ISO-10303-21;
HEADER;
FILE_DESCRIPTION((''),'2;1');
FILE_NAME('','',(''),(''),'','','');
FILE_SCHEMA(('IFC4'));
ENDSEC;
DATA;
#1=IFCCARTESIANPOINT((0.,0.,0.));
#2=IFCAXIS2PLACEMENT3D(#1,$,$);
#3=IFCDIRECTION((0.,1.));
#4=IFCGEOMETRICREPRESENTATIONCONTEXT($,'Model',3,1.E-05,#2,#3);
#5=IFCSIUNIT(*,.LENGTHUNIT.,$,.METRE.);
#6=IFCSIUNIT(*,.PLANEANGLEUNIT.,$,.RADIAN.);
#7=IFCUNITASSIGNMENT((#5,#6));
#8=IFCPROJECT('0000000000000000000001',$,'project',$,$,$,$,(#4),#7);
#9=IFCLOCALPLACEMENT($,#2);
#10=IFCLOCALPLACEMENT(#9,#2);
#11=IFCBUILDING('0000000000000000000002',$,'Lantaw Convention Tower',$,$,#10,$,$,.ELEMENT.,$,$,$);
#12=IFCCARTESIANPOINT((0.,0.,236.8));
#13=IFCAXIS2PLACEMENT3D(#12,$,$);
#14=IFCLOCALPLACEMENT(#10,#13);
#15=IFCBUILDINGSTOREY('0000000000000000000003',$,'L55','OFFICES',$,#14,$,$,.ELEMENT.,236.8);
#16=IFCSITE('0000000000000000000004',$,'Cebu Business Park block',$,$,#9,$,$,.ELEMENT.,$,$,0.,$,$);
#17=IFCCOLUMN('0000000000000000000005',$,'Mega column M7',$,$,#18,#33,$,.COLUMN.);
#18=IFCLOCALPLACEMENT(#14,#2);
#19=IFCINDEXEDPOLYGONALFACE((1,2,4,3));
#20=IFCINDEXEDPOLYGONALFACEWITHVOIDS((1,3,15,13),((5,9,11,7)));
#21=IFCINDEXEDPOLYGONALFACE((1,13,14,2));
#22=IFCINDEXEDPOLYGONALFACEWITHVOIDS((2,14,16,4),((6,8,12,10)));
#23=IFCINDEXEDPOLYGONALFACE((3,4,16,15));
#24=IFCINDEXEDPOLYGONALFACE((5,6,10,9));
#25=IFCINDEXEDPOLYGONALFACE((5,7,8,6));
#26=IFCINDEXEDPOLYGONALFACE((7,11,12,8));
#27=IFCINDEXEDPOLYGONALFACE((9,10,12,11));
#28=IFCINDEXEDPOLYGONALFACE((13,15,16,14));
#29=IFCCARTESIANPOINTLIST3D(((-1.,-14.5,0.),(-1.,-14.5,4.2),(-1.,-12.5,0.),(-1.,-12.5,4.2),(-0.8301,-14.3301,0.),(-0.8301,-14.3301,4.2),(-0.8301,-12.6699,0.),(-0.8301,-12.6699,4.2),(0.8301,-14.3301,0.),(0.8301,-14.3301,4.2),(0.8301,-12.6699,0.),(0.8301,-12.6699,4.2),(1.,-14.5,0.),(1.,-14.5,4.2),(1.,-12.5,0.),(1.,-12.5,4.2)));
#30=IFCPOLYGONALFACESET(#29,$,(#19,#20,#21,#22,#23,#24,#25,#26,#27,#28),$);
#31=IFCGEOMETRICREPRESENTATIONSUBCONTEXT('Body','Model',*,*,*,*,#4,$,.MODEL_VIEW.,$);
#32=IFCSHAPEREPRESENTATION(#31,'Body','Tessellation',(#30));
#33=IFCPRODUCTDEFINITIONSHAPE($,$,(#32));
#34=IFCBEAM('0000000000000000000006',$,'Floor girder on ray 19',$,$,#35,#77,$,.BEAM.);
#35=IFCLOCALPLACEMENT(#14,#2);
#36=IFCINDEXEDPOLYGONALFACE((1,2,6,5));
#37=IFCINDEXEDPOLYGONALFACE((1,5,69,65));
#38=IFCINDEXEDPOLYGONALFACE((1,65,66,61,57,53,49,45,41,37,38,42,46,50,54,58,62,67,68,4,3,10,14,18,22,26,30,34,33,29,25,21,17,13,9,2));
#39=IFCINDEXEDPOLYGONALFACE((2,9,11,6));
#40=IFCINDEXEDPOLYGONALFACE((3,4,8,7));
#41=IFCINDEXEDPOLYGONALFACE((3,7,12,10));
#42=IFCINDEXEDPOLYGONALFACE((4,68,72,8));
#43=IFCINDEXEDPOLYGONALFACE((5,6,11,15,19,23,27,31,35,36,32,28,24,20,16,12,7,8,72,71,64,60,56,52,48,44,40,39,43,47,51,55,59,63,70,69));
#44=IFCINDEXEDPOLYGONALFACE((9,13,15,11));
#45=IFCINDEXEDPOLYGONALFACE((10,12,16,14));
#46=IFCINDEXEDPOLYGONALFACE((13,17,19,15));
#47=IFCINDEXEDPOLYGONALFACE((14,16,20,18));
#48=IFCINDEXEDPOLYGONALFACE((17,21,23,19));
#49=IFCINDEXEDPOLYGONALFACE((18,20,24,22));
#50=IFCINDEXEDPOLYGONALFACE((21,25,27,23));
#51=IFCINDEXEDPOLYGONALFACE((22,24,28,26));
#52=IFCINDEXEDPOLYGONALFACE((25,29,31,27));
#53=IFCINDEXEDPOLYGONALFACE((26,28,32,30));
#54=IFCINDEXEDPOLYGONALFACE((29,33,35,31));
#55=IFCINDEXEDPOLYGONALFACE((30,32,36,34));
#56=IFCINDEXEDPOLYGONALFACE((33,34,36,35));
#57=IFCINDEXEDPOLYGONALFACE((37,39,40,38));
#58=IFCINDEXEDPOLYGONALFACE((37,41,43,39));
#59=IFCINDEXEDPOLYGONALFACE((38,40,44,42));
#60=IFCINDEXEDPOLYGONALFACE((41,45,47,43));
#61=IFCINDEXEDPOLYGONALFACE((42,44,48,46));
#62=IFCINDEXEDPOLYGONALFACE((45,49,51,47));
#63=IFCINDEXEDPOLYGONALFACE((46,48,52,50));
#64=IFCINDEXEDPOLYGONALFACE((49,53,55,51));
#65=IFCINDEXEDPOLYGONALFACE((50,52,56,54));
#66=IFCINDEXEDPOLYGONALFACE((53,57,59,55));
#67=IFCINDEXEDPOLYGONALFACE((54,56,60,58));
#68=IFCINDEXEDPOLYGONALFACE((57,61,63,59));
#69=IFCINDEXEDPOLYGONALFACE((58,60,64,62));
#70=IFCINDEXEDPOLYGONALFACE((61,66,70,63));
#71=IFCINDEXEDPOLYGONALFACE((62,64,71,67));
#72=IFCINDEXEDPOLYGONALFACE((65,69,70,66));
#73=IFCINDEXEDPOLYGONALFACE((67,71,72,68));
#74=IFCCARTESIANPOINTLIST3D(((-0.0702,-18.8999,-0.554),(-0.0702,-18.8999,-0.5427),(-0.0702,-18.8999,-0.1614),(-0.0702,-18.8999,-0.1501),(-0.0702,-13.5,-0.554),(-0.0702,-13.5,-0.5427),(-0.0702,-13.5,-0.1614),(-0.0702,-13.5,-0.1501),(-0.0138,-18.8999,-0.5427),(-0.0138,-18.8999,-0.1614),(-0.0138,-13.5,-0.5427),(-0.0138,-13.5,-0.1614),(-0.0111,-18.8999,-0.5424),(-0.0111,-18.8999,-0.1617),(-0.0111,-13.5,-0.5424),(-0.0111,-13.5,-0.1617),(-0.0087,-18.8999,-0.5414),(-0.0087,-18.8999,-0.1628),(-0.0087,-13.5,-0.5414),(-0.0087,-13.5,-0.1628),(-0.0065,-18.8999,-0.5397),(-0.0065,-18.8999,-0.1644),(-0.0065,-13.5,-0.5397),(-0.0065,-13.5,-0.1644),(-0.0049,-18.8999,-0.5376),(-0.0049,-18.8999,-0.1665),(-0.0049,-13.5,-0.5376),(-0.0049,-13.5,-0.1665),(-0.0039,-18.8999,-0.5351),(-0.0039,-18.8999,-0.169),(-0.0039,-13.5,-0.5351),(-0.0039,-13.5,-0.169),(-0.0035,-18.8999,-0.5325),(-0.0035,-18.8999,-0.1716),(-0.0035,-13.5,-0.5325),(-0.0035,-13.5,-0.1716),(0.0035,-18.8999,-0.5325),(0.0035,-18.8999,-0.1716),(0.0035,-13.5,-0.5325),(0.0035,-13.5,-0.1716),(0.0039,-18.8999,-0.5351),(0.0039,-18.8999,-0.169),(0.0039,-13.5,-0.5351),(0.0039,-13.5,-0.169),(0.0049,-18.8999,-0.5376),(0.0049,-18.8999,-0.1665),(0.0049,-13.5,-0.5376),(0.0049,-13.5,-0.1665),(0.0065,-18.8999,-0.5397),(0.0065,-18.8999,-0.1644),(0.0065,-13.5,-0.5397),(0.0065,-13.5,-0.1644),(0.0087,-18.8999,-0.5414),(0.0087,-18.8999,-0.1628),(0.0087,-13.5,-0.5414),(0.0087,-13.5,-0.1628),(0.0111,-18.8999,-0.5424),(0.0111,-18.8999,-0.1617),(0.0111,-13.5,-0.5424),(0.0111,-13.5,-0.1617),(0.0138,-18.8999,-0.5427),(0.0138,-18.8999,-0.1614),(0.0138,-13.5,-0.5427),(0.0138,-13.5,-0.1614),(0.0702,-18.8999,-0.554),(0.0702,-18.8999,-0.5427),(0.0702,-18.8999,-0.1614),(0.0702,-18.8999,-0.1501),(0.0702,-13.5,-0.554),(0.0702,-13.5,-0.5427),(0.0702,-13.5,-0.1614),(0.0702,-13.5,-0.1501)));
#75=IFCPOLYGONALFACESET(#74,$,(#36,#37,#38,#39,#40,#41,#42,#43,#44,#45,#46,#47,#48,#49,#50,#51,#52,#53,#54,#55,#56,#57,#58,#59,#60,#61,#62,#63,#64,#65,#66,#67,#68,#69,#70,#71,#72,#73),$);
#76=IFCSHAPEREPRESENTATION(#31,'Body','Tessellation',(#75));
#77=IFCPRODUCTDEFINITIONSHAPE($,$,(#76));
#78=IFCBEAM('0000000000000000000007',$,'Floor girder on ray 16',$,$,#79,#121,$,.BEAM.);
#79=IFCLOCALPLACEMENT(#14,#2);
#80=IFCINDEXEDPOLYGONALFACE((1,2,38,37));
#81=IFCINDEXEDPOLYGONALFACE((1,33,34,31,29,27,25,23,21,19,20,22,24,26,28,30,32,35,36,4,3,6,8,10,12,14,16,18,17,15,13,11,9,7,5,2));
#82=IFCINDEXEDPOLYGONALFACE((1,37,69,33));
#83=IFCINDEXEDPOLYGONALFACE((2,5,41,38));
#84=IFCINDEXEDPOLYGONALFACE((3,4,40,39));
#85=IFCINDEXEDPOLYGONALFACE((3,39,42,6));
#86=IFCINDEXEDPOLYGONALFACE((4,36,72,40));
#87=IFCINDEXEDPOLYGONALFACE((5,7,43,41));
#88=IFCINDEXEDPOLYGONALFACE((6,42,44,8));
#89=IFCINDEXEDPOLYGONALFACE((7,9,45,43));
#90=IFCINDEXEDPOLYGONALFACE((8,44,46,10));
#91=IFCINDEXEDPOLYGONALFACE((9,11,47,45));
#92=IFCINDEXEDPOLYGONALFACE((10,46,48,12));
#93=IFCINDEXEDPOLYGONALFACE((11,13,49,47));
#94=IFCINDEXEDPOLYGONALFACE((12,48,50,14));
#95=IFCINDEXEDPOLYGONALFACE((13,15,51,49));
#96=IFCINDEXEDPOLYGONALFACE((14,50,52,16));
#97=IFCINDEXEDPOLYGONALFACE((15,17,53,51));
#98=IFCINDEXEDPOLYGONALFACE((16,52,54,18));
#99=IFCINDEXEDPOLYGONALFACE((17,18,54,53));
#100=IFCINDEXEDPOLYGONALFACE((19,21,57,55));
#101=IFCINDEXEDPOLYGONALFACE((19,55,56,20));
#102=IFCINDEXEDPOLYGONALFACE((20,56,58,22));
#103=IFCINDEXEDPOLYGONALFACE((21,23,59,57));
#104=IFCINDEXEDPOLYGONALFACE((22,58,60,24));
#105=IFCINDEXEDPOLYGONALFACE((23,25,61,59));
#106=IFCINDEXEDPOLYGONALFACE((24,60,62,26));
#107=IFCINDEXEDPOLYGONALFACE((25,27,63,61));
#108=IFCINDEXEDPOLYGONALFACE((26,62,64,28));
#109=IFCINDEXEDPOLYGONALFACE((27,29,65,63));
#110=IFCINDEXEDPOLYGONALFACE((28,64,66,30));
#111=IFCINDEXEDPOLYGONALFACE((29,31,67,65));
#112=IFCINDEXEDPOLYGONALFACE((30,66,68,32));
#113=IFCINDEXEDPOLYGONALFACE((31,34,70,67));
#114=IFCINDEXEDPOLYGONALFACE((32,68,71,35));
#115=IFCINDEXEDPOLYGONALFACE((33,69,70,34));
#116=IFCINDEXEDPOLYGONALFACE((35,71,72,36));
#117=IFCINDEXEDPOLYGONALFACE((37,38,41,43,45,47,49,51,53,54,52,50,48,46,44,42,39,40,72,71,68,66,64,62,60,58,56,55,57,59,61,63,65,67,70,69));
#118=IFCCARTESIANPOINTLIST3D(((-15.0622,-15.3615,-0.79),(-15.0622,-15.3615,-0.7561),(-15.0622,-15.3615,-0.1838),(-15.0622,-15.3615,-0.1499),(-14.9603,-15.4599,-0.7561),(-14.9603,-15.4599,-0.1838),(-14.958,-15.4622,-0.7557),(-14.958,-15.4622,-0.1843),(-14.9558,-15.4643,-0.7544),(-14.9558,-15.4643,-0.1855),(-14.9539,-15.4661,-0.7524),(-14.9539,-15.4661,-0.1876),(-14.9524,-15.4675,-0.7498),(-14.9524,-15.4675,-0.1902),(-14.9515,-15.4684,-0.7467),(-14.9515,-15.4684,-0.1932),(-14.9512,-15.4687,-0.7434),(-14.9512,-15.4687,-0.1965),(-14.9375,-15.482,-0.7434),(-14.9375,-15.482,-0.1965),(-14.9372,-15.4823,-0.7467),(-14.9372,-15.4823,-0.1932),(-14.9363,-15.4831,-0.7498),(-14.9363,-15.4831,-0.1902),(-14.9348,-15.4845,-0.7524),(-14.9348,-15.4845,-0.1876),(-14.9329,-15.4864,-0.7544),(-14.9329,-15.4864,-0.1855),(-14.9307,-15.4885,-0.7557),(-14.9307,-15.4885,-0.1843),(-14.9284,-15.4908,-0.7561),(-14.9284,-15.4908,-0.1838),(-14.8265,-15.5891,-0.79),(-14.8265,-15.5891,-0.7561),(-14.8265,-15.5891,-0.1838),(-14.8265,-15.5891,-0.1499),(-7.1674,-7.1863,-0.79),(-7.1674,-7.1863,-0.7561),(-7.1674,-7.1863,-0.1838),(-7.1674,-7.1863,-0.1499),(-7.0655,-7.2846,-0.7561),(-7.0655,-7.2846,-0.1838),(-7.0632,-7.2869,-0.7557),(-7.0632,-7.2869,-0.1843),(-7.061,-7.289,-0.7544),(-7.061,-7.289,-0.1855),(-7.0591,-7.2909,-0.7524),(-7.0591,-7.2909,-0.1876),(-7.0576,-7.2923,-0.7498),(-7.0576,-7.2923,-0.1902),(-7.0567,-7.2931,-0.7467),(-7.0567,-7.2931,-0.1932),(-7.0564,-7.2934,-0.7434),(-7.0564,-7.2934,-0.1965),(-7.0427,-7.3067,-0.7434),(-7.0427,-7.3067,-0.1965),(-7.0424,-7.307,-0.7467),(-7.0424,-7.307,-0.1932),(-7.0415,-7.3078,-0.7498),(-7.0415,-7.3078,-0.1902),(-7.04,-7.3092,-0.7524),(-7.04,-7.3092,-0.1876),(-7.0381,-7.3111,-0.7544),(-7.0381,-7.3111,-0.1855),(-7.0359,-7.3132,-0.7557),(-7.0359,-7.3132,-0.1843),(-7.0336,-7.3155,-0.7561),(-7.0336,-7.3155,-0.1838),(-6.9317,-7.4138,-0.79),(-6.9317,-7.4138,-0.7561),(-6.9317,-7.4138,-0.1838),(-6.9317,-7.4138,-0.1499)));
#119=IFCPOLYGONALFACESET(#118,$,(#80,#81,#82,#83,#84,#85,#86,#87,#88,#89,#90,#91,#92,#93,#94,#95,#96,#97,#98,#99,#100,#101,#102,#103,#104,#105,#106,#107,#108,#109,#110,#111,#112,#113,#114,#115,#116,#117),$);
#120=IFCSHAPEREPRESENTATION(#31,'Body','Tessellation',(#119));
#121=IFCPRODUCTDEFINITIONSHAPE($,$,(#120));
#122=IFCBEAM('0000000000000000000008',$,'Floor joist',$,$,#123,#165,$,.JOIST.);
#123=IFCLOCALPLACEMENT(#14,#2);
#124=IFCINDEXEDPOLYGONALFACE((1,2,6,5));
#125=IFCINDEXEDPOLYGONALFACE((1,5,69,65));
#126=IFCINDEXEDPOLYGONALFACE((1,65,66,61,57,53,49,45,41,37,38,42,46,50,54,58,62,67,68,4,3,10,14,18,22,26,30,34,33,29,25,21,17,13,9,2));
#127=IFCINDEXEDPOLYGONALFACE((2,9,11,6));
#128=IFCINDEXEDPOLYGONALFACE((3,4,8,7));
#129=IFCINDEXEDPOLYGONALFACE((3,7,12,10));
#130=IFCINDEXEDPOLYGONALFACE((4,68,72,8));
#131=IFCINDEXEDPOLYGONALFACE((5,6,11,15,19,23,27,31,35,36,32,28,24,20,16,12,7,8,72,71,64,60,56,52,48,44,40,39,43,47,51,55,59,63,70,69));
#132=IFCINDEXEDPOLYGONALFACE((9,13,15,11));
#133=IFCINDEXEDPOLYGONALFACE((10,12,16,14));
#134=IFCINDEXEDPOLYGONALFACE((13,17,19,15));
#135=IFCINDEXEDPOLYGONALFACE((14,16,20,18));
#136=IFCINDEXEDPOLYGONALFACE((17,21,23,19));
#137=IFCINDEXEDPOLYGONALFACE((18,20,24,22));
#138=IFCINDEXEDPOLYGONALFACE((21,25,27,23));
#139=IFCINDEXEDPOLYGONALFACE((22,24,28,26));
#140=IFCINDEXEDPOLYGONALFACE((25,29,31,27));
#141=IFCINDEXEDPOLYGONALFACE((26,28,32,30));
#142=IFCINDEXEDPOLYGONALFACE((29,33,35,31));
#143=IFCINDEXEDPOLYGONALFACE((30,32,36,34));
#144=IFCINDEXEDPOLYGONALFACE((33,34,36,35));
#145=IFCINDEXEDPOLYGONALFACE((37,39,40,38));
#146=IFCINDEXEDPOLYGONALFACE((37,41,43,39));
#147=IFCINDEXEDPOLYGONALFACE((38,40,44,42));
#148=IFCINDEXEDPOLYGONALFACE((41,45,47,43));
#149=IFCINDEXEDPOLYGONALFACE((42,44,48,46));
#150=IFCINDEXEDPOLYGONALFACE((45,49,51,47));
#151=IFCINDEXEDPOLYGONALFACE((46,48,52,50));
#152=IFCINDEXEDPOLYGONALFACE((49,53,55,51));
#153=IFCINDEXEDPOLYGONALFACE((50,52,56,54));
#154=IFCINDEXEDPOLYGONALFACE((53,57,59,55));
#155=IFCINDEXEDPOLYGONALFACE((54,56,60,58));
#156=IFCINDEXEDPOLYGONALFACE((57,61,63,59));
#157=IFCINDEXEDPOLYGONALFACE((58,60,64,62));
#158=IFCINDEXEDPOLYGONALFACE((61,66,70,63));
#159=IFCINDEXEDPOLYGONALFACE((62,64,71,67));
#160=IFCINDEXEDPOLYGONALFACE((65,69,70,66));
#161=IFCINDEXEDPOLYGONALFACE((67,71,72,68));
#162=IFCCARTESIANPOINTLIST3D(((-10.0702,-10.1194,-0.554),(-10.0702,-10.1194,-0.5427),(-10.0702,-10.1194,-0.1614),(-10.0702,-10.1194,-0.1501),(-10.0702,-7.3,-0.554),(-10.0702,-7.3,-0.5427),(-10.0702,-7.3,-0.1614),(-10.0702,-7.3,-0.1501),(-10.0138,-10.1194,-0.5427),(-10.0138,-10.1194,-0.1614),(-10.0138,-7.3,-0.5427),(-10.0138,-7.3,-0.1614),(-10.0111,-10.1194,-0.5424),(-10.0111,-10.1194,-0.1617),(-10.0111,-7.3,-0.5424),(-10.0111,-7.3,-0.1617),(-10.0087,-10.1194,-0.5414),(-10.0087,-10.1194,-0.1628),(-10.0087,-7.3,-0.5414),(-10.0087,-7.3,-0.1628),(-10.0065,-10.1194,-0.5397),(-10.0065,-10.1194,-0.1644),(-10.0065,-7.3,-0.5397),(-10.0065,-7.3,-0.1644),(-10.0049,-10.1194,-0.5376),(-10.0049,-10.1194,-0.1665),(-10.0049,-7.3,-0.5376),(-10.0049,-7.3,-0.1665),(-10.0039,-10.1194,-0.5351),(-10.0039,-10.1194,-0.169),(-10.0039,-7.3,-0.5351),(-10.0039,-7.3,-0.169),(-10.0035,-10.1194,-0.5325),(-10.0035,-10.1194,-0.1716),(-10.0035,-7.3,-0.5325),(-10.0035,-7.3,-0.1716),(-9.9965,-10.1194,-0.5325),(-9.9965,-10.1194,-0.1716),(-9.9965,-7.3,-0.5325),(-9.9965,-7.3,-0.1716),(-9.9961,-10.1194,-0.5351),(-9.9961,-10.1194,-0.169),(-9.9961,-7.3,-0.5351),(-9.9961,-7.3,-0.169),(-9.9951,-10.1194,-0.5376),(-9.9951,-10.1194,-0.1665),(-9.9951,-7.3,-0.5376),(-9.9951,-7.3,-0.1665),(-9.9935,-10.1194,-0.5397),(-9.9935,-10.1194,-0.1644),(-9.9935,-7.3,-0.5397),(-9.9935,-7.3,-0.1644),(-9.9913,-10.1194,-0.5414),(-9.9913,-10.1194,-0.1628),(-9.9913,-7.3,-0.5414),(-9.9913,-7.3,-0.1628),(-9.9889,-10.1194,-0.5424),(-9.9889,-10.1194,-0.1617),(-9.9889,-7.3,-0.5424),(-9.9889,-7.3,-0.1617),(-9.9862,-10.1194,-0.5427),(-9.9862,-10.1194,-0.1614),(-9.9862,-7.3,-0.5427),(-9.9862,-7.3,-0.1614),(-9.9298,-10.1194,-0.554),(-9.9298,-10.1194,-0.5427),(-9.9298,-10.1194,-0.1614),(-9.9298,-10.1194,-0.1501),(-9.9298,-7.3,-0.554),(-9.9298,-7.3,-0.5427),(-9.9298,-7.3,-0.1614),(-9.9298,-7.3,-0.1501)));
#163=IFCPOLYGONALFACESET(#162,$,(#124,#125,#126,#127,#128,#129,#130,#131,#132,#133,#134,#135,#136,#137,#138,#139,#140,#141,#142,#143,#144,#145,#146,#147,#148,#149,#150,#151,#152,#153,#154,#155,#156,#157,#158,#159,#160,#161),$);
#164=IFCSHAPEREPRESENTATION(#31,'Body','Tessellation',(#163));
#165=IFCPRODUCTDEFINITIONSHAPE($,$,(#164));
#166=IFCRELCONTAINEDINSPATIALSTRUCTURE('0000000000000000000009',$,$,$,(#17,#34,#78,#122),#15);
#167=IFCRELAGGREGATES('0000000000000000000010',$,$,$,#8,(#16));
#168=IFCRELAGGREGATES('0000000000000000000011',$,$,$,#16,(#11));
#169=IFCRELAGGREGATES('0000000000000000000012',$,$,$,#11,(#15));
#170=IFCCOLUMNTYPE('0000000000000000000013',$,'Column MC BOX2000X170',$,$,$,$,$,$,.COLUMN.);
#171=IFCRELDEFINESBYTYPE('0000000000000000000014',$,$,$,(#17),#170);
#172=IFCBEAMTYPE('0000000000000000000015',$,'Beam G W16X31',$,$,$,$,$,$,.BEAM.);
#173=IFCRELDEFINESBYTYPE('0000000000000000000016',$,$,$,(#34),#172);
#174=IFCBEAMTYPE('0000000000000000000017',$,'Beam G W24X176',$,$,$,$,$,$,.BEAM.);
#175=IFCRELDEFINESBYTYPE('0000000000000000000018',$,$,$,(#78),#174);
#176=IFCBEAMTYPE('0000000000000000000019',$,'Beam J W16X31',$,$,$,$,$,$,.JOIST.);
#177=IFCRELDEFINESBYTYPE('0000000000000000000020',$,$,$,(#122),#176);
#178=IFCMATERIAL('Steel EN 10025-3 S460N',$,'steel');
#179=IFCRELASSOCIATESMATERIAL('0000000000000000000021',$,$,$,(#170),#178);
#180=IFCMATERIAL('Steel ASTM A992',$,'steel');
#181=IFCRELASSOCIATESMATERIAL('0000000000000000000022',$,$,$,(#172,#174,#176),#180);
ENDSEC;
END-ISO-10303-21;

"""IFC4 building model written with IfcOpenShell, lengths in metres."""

from ifc_helpers import new_model, si_unit, direction, frame, origin, origin_2d, place, context, subcontext, project, spatial, rectangle, hollow_rectangle, i_section, extrude, material, material_profile, profile_set, type_object, element, save


model = new_model("IFC4")

# Units and contexts
model_context = context("Model", 3, precision=1e-05, world=origin(), true_north=direction((0.0, 1.0)))
body_context = subcontext(model_context, "Body", "Model", "MODEL_VIEW")
ifc_project = project(units=[si_unit("LENGTHUNIT", "METRE"), si_unit("PLANEANGLEUNIT", "RADIAN")], contexts=[model_context])

# Site, building, storey
site_placement = place(None, origin())
site = spatial("IfcSite", under=ifc_project, at=site_placement, Name="Cebu Business Park block", CompositionType="ELEMENT", RefElevation=0.0)
building_placement = place(site_placement, origin())
building = spatial("IfcBuilding", under=site, at=building_placement, Name="Lantaw Convention Tower", CompositionType="ELEMENT")
storey_placement = place(building_placement, frame((0.0, 0.0, 236.8)))
storey = spatial("IfcBuildingStorey", under=building, at=storey_placement, Name="L55", Description="OFFICES", CompositionType="ELEMENT", Elevation=236.8)

# Column
ifc_material_1 = material(Name="Steel EN 10025-3 S460N", Category="steel")
ifc_material_profile_1 = material_profile(ifc_material_1, hollow_rectangle(XDim=2.0, YDim=2.0, WallThickness=0.1699, at=origin_2d()), Name="BOX2000X170")
ifc_material_2 = material(Name="Concrete C60/75", Category="concrete")
ifc_material_profile_2 = material_profile(ifc_material_2, rectangle(XDim=1.6599, YDim=1.6599, at=origin_2d()), Name="Concrete fill of BOX2000X170")
ifc_profile_set_1 = profile_set([ifc_material_profile_1, ifc_material_profile_2], Name="Steel EN 10025-3 S460N")
column_type = type_object("IfcColumnType", Name="Column MC BOX2000X170", PredefinedType="COLUMN", material=ifc_profile_set_1)
column_placement = place(storey_placement, frame((0.0, -13.5, 0.0), z_axis=(0.0, 0.0, 1.0), x_axis=(1.0, 0.0, 0.0)))
element("IfcColumn", 1, at=column_placement, inside=storey, type_object=column_type, Name="Mega column M7", PredefinedType="COLUMN", context=body_context, shape_type="SweptSolid", body=[
    extrude(hollow_rectangle(XDim=2.0, YDim=2.0, WallThickness=0.1699, at=origin_2d()), origin(), (0.0, 0.0, 1.0), 4.2),
])

# Beams
ifc_material_3 = material(Name="Steel ASTM A992", Category="steel")
ifc_material_profile_3 = material_profile(ifc_material_3, i_section(OverallWidth=0.1404, OverallDepth=0.4038, WebThickness=0.0071, FlangeThickness=0.0112, FilletRadius=0.0103, at=origin_2d()), Name="W16X31")
ifc_profile_set_2 = profile_set([ifc_material_profile_3], Name="Steel ASTM A992")
beam_type_1 = type_object("IfcBeamType", Name="Beam G W16X31", PredefinedType="BEAM", material=ifc_profile_set_2)
beam_1_placement = place(storey_placement, frame((0.0, -13.5, -0.3521), z_axis=(0.0, -1.0, 0.0), x_axis=(1.0, 0.0, 0.0)))
element("IfcBeam", 2, at=beam_1_placement, inside=storey, type_object=beam_type_1, Name="Floor girder on ray 19", PredefinedType="BEAM", context=body_context, shape_type="SweptSolid", body=[
    extrude(i_section(OverallWidth=0.1404, OverallDepth=0.4038, WebThickness=0.0071, FlangeThickness=0.0112, FilletRadius=0.0103, at=origin_2d()), origin(), (0.0, 0.0, 1.0), 5.3999),
])
ifc_material_profile_4 = material_profile(ifc_material_3, i_section(OverallWidth=0.3276, OverallDepth=0.6401, WebThickness=0.019, FlangeThickness=0.0339, FilletRadius=0.0127, at=origin_2d()), Name="W24X176")
ifc_profile_set_3 = profile_set([ifc_material_profile_4], Name="Steel ASTM A992")
beam_type_2 = type_object("IfcBeamType", Name="Beam G W24X176", PredefinedType="BEAM", material=ifc_profile_set_3)
beam_2_placement = place(storey_placement, frame((-7.0496, -7.3, -0.47), z_axis=(-0.694658, -0.71934, 0.0), x_axis=(0.71934, -0.694658, 0.0)))
element("IfcBeam", 3, at=beam_2_placement, inside=storey, type_object=beam_type_2, Name="Floor girder on ray 16", PredefinedType="BEAM", context=body_context, shape_type="SweptSolid", body=[
    extrude(i_section(OverallWidth=0.3276, OverallDepth=0.6401, WebThickness=0.019, FlangeThickness=0.0339, FilletRadius=0.0127, at=origin_2d()), origin(), (0.0, 0.0, 1.0), 11.365),
])
ifc_material_profile_5 = material_profile(ifc_material_3, i_section(OverallWidth=0.1404, OverallDepth=0.4038, WebThickness=0.0071, FlangeThickness=0.0112, FilletRadius=0.0103, at=origin_2d()), Name="W16X31")
ifc_profile_set_4 = profile_set([ifc_material_profile_5], Name="Steel ASTM A992")
beam_type_3 = type_object("IfcBeamType", Name="Beam J W16X31", PredefinedType="JOIST", material=ifc_profile_set_4)
beam_3_placement = place(storey_placement, frame((-10.0, -10.1194, -0.3521), z_axis=(0.0, 1.0, 0.0), x_axis=(-1.0, 0.0, 0.0)))
element("IfcBeam", 4, at=beam_3_placement, inside=storey, type_object=beam_type_3, Name="Floor joist", PredefinedType="JOIST", context=body_context, shape_type="SweptSolid", body=[
    extrude(i_section(OverallWidth=0.1404, OverallDepth=0.4038, WebThickness=0.0071, FlangeThickness=0.0112, FilletRadius=0.0103, at=origin_2d()), origin(), (0.0, 0.0, 1.0), 2.8193),
])

save(model, "model.ifc")
